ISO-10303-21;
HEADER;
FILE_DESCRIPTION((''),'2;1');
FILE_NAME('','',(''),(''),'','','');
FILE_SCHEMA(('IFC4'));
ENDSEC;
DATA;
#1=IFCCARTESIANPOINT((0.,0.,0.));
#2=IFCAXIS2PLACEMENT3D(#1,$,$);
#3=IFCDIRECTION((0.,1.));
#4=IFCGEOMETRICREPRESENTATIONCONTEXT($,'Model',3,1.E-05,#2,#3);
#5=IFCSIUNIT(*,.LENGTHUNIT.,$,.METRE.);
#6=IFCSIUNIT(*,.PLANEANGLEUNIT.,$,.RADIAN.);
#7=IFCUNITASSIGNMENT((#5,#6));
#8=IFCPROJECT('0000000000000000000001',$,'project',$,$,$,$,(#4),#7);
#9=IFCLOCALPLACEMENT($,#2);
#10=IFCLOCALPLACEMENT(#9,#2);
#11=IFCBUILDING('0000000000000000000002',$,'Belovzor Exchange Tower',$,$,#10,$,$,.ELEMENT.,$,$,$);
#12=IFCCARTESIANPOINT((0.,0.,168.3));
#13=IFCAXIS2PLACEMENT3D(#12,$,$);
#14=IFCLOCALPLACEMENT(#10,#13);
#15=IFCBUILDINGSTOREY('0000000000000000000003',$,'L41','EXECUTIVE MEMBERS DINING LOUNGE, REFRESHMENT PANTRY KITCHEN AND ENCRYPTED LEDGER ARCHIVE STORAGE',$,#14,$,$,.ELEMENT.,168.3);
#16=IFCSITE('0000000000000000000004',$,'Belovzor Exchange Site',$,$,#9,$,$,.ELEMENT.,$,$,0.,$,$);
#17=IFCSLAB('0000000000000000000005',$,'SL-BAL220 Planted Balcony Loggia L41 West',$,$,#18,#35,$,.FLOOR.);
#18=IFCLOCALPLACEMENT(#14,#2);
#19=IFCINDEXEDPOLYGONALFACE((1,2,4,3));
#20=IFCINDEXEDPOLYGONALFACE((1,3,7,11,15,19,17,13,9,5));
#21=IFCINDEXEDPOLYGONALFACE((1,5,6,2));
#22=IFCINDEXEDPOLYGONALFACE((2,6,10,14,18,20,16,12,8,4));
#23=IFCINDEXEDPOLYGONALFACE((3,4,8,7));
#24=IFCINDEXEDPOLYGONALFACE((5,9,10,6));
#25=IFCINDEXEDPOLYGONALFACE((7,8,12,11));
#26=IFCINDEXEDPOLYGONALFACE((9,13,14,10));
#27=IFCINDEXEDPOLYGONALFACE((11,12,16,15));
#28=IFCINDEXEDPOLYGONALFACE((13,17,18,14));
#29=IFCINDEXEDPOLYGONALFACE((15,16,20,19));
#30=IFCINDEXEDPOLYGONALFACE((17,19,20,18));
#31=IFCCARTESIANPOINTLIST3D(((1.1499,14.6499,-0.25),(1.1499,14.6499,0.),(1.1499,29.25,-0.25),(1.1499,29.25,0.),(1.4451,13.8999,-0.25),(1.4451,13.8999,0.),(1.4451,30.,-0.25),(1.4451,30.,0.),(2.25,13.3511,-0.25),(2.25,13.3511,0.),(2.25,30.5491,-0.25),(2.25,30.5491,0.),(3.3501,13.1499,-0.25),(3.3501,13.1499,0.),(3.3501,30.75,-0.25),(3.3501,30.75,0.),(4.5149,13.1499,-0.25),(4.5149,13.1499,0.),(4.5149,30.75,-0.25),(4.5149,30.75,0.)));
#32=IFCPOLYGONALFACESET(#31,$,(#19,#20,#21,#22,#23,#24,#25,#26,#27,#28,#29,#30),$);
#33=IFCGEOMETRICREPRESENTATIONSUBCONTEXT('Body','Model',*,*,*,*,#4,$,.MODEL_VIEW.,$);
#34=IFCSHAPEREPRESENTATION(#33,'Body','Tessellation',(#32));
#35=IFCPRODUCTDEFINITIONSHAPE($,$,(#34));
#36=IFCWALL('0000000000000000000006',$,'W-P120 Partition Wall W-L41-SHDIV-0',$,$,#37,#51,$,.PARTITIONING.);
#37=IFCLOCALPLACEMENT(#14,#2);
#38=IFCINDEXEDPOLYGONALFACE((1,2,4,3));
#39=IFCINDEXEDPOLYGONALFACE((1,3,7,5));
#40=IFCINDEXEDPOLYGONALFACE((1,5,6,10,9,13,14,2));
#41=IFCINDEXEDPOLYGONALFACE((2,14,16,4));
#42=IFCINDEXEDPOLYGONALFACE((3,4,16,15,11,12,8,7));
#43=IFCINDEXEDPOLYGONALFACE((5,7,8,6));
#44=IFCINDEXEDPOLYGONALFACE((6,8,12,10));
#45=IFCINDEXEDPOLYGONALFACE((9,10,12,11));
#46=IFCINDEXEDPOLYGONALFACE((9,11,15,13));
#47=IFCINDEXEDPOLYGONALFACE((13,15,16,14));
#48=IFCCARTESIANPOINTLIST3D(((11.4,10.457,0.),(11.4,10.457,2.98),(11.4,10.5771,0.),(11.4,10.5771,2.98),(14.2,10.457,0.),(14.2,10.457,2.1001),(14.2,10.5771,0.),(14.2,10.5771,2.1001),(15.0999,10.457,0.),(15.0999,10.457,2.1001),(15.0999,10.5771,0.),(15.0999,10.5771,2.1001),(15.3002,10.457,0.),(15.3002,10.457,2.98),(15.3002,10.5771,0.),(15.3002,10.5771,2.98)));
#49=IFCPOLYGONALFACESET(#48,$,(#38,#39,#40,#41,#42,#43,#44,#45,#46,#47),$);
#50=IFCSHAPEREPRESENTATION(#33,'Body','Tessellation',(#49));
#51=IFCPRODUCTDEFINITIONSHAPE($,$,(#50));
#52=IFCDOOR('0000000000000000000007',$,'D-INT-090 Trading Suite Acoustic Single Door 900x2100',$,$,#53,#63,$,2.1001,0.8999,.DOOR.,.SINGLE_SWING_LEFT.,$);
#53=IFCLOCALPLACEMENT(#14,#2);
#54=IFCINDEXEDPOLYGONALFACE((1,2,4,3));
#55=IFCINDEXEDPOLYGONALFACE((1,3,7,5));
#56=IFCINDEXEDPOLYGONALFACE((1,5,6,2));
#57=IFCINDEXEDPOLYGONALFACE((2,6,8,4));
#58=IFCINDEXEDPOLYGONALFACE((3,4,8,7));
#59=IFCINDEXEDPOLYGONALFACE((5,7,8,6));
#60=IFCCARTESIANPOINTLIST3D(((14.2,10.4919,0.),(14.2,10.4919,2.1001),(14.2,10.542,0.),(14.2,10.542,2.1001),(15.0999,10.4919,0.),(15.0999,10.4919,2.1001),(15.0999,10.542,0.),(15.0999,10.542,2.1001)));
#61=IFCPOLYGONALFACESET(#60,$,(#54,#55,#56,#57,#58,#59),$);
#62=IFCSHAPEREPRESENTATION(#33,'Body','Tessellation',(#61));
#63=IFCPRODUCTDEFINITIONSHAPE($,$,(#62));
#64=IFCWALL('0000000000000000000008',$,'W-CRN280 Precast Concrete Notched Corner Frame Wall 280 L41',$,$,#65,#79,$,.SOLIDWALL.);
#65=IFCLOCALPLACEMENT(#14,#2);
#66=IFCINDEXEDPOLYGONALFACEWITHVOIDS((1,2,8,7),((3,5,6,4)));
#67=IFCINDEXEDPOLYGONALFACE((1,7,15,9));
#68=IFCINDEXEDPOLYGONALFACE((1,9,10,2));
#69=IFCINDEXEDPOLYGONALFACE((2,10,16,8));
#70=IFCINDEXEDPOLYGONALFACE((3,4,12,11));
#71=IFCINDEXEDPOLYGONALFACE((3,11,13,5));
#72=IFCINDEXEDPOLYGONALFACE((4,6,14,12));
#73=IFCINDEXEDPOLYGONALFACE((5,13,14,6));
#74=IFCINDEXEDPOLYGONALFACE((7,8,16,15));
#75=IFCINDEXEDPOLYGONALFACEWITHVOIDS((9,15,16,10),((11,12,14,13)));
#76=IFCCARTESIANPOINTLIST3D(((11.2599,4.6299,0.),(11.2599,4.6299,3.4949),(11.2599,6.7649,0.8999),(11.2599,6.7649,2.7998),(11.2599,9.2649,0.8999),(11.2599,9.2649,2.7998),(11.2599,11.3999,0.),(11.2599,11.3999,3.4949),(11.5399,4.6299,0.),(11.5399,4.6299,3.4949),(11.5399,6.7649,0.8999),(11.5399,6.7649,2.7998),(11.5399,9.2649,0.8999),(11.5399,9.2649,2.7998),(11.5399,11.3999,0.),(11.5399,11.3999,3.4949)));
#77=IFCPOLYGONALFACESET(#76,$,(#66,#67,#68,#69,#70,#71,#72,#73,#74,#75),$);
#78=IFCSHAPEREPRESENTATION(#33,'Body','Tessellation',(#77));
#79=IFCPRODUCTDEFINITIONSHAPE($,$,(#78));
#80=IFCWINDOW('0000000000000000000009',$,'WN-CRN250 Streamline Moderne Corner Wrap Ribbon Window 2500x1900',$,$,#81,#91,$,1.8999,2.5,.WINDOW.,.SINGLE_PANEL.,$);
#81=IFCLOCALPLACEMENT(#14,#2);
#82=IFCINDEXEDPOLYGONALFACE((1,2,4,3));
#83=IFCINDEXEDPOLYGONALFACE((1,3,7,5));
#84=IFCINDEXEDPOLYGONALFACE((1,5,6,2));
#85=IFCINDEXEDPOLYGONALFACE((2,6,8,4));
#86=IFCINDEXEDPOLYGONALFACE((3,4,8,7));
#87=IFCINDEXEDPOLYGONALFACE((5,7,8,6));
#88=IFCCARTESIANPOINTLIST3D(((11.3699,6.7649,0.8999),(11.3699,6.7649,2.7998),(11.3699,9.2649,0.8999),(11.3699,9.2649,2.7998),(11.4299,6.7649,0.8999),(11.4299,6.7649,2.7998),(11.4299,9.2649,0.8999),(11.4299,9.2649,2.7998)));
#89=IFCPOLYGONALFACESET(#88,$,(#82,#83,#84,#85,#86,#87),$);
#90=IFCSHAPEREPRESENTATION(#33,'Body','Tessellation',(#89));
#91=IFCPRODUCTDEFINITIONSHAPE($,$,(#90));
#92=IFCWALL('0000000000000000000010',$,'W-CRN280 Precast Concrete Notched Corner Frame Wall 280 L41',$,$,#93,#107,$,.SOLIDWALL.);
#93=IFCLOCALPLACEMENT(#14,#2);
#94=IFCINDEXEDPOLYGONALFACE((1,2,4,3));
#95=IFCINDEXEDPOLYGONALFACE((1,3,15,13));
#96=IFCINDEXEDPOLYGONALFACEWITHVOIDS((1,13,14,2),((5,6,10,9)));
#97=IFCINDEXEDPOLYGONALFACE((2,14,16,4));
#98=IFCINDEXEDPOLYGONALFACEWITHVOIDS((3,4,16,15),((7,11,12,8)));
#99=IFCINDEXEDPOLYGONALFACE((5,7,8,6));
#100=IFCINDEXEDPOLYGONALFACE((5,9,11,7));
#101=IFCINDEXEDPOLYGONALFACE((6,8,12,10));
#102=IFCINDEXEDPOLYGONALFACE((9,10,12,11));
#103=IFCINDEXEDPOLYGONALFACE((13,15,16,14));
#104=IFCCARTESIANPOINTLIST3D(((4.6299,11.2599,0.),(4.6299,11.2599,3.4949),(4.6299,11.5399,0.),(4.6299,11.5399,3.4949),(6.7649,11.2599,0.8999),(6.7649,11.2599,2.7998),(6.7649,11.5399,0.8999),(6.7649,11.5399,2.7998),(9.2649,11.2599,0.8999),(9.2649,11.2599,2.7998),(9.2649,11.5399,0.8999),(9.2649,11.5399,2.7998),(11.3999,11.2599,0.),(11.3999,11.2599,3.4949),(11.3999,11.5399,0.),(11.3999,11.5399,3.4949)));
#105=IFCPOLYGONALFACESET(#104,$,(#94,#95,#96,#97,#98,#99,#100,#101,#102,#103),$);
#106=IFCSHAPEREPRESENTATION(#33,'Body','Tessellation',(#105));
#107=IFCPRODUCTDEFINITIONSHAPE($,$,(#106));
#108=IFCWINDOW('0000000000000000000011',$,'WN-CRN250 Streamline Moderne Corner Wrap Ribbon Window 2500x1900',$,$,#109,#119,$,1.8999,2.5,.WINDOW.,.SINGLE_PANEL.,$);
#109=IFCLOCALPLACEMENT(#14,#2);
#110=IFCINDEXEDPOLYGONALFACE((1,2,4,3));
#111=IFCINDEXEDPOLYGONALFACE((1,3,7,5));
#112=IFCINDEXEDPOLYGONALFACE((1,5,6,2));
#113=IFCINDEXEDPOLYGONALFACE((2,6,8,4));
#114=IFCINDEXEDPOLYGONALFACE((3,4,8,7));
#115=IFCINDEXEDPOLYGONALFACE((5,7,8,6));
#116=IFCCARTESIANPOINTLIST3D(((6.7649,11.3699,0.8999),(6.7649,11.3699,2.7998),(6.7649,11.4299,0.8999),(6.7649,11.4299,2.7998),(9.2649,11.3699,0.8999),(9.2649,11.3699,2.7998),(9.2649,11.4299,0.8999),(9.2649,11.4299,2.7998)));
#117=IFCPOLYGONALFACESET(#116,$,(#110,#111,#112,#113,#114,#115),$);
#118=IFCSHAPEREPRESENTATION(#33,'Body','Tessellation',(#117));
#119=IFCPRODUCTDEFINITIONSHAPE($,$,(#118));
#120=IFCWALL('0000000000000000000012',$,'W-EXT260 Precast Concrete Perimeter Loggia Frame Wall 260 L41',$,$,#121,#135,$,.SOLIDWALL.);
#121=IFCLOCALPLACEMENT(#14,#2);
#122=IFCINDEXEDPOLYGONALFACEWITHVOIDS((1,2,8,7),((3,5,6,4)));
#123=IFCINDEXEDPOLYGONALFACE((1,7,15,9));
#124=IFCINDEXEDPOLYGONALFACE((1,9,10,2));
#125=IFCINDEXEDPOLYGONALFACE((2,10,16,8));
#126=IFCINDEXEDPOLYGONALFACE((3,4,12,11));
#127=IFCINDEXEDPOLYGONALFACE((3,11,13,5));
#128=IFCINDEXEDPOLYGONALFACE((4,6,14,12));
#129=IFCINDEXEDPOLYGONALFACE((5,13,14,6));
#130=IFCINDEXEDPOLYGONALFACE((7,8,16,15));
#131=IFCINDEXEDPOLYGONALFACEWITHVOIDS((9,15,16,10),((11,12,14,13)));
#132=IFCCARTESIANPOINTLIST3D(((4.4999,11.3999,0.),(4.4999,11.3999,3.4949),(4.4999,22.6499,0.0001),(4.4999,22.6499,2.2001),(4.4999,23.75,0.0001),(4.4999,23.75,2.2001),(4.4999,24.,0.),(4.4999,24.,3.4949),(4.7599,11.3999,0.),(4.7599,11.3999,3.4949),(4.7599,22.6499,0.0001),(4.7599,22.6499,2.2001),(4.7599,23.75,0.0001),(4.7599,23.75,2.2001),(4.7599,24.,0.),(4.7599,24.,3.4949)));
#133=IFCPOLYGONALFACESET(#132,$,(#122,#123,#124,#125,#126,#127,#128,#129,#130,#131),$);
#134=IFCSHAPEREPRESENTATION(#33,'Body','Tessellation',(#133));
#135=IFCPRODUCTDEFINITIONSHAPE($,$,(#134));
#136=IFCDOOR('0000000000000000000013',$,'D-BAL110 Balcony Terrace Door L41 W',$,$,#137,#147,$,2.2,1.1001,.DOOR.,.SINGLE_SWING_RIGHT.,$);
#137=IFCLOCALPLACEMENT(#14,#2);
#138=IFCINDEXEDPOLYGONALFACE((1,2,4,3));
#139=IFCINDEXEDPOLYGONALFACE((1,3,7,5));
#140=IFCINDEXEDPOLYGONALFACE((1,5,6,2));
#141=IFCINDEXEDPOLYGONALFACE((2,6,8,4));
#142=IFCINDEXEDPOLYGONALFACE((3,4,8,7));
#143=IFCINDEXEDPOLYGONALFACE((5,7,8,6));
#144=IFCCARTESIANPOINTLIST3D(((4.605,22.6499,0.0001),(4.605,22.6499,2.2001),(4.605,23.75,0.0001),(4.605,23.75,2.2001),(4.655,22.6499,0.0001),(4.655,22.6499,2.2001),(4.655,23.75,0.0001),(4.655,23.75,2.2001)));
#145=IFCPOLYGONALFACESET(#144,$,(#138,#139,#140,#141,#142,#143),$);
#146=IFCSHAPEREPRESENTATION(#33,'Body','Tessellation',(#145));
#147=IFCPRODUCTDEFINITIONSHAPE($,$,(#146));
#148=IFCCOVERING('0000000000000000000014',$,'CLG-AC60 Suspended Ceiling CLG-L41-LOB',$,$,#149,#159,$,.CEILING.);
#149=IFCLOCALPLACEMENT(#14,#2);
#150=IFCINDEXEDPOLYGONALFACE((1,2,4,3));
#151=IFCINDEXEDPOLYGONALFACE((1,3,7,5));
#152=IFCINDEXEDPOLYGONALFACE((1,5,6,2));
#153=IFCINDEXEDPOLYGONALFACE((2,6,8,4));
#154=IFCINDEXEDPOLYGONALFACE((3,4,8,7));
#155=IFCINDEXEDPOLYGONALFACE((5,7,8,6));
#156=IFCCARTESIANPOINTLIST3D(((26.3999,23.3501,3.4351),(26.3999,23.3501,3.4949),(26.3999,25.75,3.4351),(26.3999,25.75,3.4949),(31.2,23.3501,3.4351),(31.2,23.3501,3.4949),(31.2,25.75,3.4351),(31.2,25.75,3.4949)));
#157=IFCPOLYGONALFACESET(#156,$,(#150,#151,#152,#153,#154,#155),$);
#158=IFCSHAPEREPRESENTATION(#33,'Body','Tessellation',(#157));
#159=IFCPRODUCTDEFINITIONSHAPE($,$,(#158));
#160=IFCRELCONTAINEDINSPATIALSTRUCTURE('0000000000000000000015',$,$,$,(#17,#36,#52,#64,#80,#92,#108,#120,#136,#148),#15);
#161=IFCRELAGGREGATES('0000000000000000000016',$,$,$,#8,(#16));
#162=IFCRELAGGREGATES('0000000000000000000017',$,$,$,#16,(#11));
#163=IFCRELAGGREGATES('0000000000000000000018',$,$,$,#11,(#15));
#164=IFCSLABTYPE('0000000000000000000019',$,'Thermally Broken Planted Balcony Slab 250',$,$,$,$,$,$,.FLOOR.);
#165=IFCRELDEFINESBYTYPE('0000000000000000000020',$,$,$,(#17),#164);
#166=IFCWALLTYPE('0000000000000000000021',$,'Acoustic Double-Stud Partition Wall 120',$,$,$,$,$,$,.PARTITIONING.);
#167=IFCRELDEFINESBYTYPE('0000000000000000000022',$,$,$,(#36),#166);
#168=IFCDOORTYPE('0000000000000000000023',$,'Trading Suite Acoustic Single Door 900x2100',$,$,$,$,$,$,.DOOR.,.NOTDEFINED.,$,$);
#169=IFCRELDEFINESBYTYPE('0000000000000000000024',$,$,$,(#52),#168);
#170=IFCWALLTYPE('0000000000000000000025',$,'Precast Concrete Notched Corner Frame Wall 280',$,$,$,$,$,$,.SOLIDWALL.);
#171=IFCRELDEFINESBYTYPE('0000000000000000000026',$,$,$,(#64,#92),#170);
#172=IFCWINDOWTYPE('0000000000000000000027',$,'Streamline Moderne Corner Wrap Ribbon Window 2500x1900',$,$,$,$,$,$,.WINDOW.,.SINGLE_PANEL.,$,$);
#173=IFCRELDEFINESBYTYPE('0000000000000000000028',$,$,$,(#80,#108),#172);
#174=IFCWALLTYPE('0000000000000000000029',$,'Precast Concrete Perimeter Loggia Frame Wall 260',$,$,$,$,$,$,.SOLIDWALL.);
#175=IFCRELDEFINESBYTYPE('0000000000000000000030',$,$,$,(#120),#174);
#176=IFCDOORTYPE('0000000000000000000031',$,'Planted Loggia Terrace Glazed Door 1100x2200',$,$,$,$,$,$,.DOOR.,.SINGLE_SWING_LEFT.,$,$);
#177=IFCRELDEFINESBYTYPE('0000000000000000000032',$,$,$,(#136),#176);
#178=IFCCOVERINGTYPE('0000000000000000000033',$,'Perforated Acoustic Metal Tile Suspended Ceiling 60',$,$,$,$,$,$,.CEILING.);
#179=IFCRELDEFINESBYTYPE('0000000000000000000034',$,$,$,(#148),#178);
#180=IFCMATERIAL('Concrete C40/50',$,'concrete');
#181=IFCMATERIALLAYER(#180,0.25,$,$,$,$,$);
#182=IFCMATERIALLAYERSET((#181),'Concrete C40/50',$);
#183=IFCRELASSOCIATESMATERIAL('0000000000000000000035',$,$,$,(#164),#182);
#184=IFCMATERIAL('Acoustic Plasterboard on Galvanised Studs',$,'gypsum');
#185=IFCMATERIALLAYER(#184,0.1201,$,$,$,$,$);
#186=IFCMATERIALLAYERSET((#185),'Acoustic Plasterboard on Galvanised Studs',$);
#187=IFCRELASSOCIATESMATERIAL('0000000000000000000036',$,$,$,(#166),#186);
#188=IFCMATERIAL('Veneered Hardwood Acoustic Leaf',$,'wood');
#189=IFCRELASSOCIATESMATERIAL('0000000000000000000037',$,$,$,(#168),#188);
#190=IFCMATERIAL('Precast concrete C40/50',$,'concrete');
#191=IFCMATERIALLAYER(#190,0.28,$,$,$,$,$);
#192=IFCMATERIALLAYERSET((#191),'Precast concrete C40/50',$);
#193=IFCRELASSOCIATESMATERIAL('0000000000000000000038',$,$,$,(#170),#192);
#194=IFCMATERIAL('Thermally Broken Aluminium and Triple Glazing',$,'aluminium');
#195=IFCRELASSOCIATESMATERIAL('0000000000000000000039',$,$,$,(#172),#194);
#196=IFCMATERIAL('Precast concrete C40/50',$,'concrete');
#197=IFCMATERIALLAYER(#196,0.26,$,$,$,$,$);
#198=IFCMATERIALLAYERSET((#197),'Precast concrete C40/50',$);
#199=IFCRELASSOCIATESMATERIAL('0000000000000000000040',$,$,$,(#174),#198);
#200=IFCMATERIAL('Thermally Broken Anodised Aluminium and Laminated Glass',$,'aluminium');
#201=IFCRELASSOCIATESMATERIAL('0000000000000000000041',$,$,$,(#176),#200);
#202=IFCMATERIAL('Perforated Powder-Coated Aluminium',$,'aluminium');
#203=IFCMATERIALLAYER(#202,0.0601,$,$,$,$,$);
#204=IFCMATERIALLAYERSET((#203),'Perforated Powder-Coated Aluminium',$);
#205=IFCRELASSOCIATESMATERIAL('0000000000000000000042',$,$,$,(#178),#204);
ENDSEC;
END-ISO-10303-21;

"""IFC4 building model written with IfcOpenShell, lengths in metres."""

from ifc_helpers import new_model, si_unit, direction, frame, frame_2d, origin, place, context, subcontext, project, spatial, polyline, rectangle, outline, extrude, material, layer, layer_set, type_object, element, fill, save


model = new_model("IFC4")

# Units and contexts
model_context = context("Model", 3, precision=1e-05, world=origin(), true_north=direction((0.0, 1.0)))
body_context = subcontext(model_context, "Body", "Model", "MODEL_VIEW")
ifc_project = project(units=[si_unit("LENGTHUNIT", "METRE"), si_unit("PLANEANGLEUNIT", "RADIAN")], contexts=[model_context])

# Site, building, storey
site_placement = place(None, origin())
site = spatial("IfcSite", under=ifc_project, at=site_placement, Name="Belovzor Exchange Site", CompositionType="ELEMENT", RefElevation=0.0)
building_placement = place(site_placement, origin())
building = spatial("IfcBuilding", under=site, at=building_placement, Name="Belovzor Exchange Tower", CompositionType="ELEMENT")
storey_placement = place(building_placement, frame((0.0, 0.0, 168.3)))
storey = spatial("IfcBuildingStorey", under=building, at=storey_placement, Name="L41", Description="EXECUTIVE MEMBERS DINING LOUNGE, REFRESHMENT PANTRY KITCHEN AND ENCRYPTED LEDGER ARCHIVE STORAGE", CompositionType="ELEMENT", Elevation=168.3)

# Slab
ifc_material_1 = material(Name="Concrete C40/50", Category="concrete")
ifc_layer_1 = layer(ifc_material_1, 0.25)
ifc_layer_set_1 = layer_set([ifc_layer_1], Name="Concrete C40/50")
slab_type_1 = type_object("IfcSlabType", Name="Thermally Broken Planted Balcony Slab 250", PredefinedType="FLOOR", material=ifc_layer_set_1)
slab_1_placement = place(storey_placement, frame((0.0, 0.0, -0.25)))
element("IfcSlab", 1, at=slab_1_placement, inside=storey, type_object=slab_type_1, Name="SL-BAL220 Planted Balcony Loggia L41 West", PredefinedType="FLOOR", context=body_context, shape_type="SweptSolid", body=[
    extrude(outline(polyline([(4.5149, 30.75), (3.3501, 30.75), (2.25, 30.5491), (1.4451, 30.0), (1.1499, 29.25), (1.1499, 14.6499), (1.4451, 13.8999), (2.25, 13.3511), (3.3501, 13.1499), (4.5149, 13.1499), (4.5149, 30.75)])), origin(), (0.0, 0.0, 1.0), 0.25),
])

# Wall, opening, door
ifc_material_2 = material(Name="Acoustic Plasterboard on Galvanised Studs", Category="gypsum")
ifc_layer_2 = layer(ifc_material_2, 0.1201)
ifc_layer_set_2 = layer_set([ifc_layer_2], Name="Acoustic Plasterboard on Galvanised Studs")
wall_type_1 = type_object("IfcWallType", Name="Acoustic Double-Stud Partition Wall 120", PredefinedType="PARTITIONING", material=ifc_layer_set_2)
wall_1_placement = place(storey_placement, frame((11.3999, 10.5171, 0.0), z_axis=(0.0, 0.0, 1.0), x_axis=(1.0, 0.0, 0.0)))
wall_1 = element("IfcWall", 2, at=wall_1_placement, inside=storey, type_object=wall_type_1, Name="W-P120 Partition Wall W-L41-SHDIV-0", PredefinedType="PARTITIONING", context=body_context, shape_type="SweptSolid", body=[
    extrude(rectangle(XDim=3.9001, YDim=0.1201, at=frame_2d((1.9502, 0.0))), origin(), (0.0, 0.0, 1.0), 2.98),
])
opening_1_placement = place(wall_1_placement, frame((2.8, 0.0, 0.0)))
opening_1 = element("IfcOpeningElement", 3, at=opening_1_placement, cuts=wall_1, PredefinedType="OPENING", context=body_context, shape_type="SweptSolid", body=[
    extrude(rectangle(XDim=0.8999, YDim=2.1001, at=frame_2d((0.45, 1.05))), frame((0.0, 0.0701, 0.0), z_axis=(0.0, -1.0, 0.0), x_axis=(1.0, 0.0, 0.0)), (0.0, 0.0, 1.0), 0.1401),
])
ifc_material_3 = material(Name="Veneered Hardwood Acoustic Leaf", Category="wood")
door_type_1 = type_object("IfcDoorType", Name="Trading Suite Acoustic Single Door 900x2100", OperationType="NOTDEFINED", PredefinedType="DOOR", material=ifc_material_3)
door_1_placement = place(opening_1_placement, origin())
door_1 = element("IfcDoor", 4, at=door_1_placement, inside=storey, type_object=door_type_1, Name="D-INT-090 Trading Suite Acoustic Single Door 900x2100", OperationType="SINGLE_SWING_LEFT", OverallHeight=2.1001, OverallWidth=0.8999, PredefinedType="DOOR", context=body_context, shape_type="SweptSolid", body=[
    extrude(rectangle(XDim=0.8999, YDim=2.1001, at=frame_2d((0.45, 1.05))), frame((0.0, 0.0249, 0.0), z_axis=(0.0, -1.0, 0.0), x_axis=(1.0, 0.0, 0.0)), (0.0, 0.0, 1.0), 0.05),
])
fill(opening_1, door_1)

# Walls, openings, windows
ifc_material_4 = material(Name="Precast concrete C40/50", Category="concrete")
ifc_layer_3 = layer(ifc_material_4, 0.28)
ifc_layer_set_3 = layer_set([ifc_layer_3], Name="Precast concrete C40/50")
wall_type_2 = type_object("IfcWallType", Name="Precast Concrete Notched Corner Frame Wall 280", PredefinedType="SOLIDWALL", material=ifc_layer_set_3)
wall_2_placement = place(storey_placement, frame((11.3999, 4.6299, 0.0), z_axis=(0.0, 0.0, 1.0), x_axis=(0.0, 1.0, 0.0)))
wall_2 = element("IfcWall", 5, at=wall_2_placement, inside=storey, type_object=wall_type_2, Name="W-CRN280 Precast Concrete Notched Corner Frame Wall 280 L41", PredefinedType="SOLIDWALL", context=body_context, shape_type="SweptSolid", body=[
    extrude(rectangle(XDim=6.77, YDim=0.28, at=frame_2d((3.385, 0.0))), origin(), (0.0, 0.0, 1.0), 3.4949),
])
opening_2_placement = place(wall_2_placement, frame((2.135, 0.0, 0.8999)))
opening_2 = element("IfcOpeningElement", 6, at=opening_2_placement, cuts=wall_2, PredefinedType="OPENING", context=body_context, shape_type="SweptSolid", body=[
    extrude(rectangle(XDim=2.5, YDim=1.8999, at=frame_2d((1.25, 0.95))), frame((0.0, 0.1499, 0.0), z_axis=(0.0, -1.0, 0.0), x_axis=(1.0, 0.0, 0.0)), (0.0, 0.0, 1.0), 0.3),
])
ifc_material_5 = material(Name="Thermally Broken Aluminium and Triple Glazing", Category="aluminium")
window_type = type_object("IfcWindowType", Name="Streamline Moderne Corner Wrap Ribbon Window 2500x1900", PartitioningType="SINGLE_PANEL", PredefinedType="WINDOW", material=ifc_material_5)
window_1_placement = place(opening_2_placement, origin())
window_1 = element("IfcWindow", 7, at=window_1_placement, inside=storey, type_object=window_type, Name="WN-CRN250 Streamline Moderne Corner Wrap Ribbon Window 2500x1900", OverallHeight=1.8999, OverallWidth=2.5, PartitioningType="SINGLE_PANEL", PredefinedType="WINDOW", context=body_context, shape_type="SweptSolid", body=[
    extrude(rectangle(XDim=2.5, YDim=1.8999, at=frame_2d((1.25, 0.95))), frame((0.0, 0.03, 0.0), z_axis=(0.0, -1.0, 0.0), x_axis=(1.0, 0.0, 0.0)), (0.0, 0.0, 1.0), 0.0601),
])
fill(opening_2, window_1)
wall_3_placement = place(storey_placement, frame((11.3999, 11.3999, 0.0), z_axis=(0.0, 0.0, 1.0), x_axis=(-1.0, 0.0, 0.0)))
wall_3 = element("IfcWall", 8, at=wall_3_placement, inside=storey, type_object=wall_type_2, Name="W-CRN280 Precast Concrete Notched Corner Frame Wall 280 L41", PredefinedType="SOLIDWALL", context=body_context, shape_type="SweptSolid", body=[
    extrude(rectangle(XDim=6.77, YDim=0.28, at=frame_2d((3.385, 0.0))), origin(), (0.0, 0.0, 1.0), 3.4949),
])
opening_3_placement = place(wall_3_placement, frame((2.135, 0.0, 0.8999)))
opening_3 = element("IfcOpeningElement", 9, at=opening_3_placement, cuts=wall_3, PredefinedType="OPENING", context=body_context, shape_type="SweptSolid", body=[
    extrude(rectangle(XDim=2.5, YDim=1.8999, at=frame_2d((1.25, 0.95))), frame((0.0, 0.1499, 0.0), z_axis=(0.0, -1.0, 0.0), x_axis=(1.0, 0.0, 0.0)), (0.0, 0.0, 1.0), 0.3),
])
window_2_placement = place(opening_3_placement, origin())
window_2 = element("IfcWindow", 10, at=window_2_placement, inside=storey, type_object=window_type, Name="WN-CRN250 Streamline Moderne Corner Wrap Ribbon Window 2500x1900", OverallHeight=1.8999, OverallWidth=2.5, PartitioningType="SINGLE_PANEL", PredefinedType="WINDOW", context=body_context, shape_type="SweptSolid", body=[
    extrude(rectangle(XDim=2.5, YDim=1.8999, at=frame_2d((1.25, 0.95))), frame((0.0, 0.03, 0.0), z_axis=(0.0, -1.0, 0.0), x_axis=(1.0, 0.0, 0.0)), (0.0, 0.0, 1.0), 0.0601),
])
fill(opening_3, window_2)

# Wall, opening, door
ifc_material_6 = material(Name="Precast concrete C40/50", Category="concrete")
ifc_layer_4 = layer(ifc_material_6, 0.26)
ifc_layer_set_4 = layer_set([ifc_layer_4], Name="Precast concrete C40/50")
wall_type_3 = type_object("IfcWallType", Name="Precast Concrete Perimeter Loggia Frame Wall 260", PredefinedType="SOLIDWALL", material=ifc_layer_set_4)
wall_4_placement = place(storey_placement, frame((4.6299, 11.3999, 0.0), z_axis=(0.0, 0.0, 1.0), x_axis=(0.0, 1.0, 0.0)))
wall_4 = element("IfcWall", 11, at=wall_4_placement, inside=storey, type_object=wall_type_3, Name="W-EXT260 Precast Concrete Perimeter Loggia Frame Wall 260 L41", PredefinedType="SOLIDWALL", context=body_context, shape_type="SweptSolid", body=[
    extrude(rectangle(XDim=12.6001, YDim=0.26, at=frame_2d((6.3, 0.0))), origin(), (0.0, 0.0, 1.0), 3.4949),
])
opening_4_placement = place(wall_4_placement, frame((11.25, 0.0, 0.0)))
opening_4 = element("IfcOpeningElement", 12, at=opening_4_placement, cuts=wall_4, PredefinedType="OPENING", context=body_context, shape_type="SweptSolid", body=[
    extrude(rectangle(XDim=1.1001, YDim=2.2, at=frame_2d((0.55, 1.1001))), frame((0.0, 0.1399, 0.0), z_axis=(0.0, -1.0, 0.0), x_axis=(1.0, 0.0, 0.0)), (0.0, 0.0, 1.0), 0.28),
])
ifc_material_7 = material(Name="Thermally Broken Anodised Aluminium and Laminated Glass", Category="aluminium")
door_type_2 = type_object("IfcDoorType", Name="Planted Loggia Terrace Glazed Door 1100x2200", OperationType="SINGLE_SWING_LEFT", PredefinedType="DOOR", material=ifc_material_7)
door_2_placement = place(opening_4_placement, origin())
door_2 = element("IfcDoor", 13, at=door_2_placement, inside=storey, type_object=door_type_2, Name="D-BAL110 Balcony Terrace Door L41 W", OperationType="SINGLE_SWING_RIGHT", OverallHeight=2.2, OverallWidth=1.1001, PredefinedType="DOOR", context=body_context, shape_type="SweptSolid", body=[
    extrude(rectangle(XDim=1.1001, YDim=2.2, at=frame_2d((0.55, 1.1001))), frame((0.0, 0.0249, 0.0), z_axis=(0.0, -1.0, 0.0), x_axis=(1.0, 0.0, 0.0)), (0.0, 0.0, 1.0), 0.05),
])
fill(opening_4, door_2)

# Covering
ifc_material_8 = material(Name="Perforated Powder-Coated Aluminium", Category="aluminium")
ifc_layer_5 = layer(ifc_material_8, 0.0601)
ifc_layer_set_5 = layer_set([ifc_layer_5], Name="Perforated Powder-Coated Aluminium")
covering_type_1 = type_object("IfcCoveringType", Name="Perforated Acoustic Metal Tile Suspended Ceiling 60", PredefinedType="CEILING", material=ifc_layer_set_5)
covering_1_placement = place(storey_placement, frame((0.0, 0.0, 3.4351)))
element("IfcCovering", 14, at=covering_1_placement, inside=storey, type_object=covering_type_1, Name="CLG-AC60 Suspended Ceiling CLG-L41-LOB", PredefinedType="CEILING", context=body_context, shape_type="SweptSolid", body=[
    extrude(outline(polyline([(26.3999, 23.3501), (31.2, 23.3501), (31.2, 25.75), (26.3999, 25.75), (26.3999, 23.3501)])), origin(), (0.0, 0.0, 1.0), 0.0598),
])

save(model, "model.ifc")
